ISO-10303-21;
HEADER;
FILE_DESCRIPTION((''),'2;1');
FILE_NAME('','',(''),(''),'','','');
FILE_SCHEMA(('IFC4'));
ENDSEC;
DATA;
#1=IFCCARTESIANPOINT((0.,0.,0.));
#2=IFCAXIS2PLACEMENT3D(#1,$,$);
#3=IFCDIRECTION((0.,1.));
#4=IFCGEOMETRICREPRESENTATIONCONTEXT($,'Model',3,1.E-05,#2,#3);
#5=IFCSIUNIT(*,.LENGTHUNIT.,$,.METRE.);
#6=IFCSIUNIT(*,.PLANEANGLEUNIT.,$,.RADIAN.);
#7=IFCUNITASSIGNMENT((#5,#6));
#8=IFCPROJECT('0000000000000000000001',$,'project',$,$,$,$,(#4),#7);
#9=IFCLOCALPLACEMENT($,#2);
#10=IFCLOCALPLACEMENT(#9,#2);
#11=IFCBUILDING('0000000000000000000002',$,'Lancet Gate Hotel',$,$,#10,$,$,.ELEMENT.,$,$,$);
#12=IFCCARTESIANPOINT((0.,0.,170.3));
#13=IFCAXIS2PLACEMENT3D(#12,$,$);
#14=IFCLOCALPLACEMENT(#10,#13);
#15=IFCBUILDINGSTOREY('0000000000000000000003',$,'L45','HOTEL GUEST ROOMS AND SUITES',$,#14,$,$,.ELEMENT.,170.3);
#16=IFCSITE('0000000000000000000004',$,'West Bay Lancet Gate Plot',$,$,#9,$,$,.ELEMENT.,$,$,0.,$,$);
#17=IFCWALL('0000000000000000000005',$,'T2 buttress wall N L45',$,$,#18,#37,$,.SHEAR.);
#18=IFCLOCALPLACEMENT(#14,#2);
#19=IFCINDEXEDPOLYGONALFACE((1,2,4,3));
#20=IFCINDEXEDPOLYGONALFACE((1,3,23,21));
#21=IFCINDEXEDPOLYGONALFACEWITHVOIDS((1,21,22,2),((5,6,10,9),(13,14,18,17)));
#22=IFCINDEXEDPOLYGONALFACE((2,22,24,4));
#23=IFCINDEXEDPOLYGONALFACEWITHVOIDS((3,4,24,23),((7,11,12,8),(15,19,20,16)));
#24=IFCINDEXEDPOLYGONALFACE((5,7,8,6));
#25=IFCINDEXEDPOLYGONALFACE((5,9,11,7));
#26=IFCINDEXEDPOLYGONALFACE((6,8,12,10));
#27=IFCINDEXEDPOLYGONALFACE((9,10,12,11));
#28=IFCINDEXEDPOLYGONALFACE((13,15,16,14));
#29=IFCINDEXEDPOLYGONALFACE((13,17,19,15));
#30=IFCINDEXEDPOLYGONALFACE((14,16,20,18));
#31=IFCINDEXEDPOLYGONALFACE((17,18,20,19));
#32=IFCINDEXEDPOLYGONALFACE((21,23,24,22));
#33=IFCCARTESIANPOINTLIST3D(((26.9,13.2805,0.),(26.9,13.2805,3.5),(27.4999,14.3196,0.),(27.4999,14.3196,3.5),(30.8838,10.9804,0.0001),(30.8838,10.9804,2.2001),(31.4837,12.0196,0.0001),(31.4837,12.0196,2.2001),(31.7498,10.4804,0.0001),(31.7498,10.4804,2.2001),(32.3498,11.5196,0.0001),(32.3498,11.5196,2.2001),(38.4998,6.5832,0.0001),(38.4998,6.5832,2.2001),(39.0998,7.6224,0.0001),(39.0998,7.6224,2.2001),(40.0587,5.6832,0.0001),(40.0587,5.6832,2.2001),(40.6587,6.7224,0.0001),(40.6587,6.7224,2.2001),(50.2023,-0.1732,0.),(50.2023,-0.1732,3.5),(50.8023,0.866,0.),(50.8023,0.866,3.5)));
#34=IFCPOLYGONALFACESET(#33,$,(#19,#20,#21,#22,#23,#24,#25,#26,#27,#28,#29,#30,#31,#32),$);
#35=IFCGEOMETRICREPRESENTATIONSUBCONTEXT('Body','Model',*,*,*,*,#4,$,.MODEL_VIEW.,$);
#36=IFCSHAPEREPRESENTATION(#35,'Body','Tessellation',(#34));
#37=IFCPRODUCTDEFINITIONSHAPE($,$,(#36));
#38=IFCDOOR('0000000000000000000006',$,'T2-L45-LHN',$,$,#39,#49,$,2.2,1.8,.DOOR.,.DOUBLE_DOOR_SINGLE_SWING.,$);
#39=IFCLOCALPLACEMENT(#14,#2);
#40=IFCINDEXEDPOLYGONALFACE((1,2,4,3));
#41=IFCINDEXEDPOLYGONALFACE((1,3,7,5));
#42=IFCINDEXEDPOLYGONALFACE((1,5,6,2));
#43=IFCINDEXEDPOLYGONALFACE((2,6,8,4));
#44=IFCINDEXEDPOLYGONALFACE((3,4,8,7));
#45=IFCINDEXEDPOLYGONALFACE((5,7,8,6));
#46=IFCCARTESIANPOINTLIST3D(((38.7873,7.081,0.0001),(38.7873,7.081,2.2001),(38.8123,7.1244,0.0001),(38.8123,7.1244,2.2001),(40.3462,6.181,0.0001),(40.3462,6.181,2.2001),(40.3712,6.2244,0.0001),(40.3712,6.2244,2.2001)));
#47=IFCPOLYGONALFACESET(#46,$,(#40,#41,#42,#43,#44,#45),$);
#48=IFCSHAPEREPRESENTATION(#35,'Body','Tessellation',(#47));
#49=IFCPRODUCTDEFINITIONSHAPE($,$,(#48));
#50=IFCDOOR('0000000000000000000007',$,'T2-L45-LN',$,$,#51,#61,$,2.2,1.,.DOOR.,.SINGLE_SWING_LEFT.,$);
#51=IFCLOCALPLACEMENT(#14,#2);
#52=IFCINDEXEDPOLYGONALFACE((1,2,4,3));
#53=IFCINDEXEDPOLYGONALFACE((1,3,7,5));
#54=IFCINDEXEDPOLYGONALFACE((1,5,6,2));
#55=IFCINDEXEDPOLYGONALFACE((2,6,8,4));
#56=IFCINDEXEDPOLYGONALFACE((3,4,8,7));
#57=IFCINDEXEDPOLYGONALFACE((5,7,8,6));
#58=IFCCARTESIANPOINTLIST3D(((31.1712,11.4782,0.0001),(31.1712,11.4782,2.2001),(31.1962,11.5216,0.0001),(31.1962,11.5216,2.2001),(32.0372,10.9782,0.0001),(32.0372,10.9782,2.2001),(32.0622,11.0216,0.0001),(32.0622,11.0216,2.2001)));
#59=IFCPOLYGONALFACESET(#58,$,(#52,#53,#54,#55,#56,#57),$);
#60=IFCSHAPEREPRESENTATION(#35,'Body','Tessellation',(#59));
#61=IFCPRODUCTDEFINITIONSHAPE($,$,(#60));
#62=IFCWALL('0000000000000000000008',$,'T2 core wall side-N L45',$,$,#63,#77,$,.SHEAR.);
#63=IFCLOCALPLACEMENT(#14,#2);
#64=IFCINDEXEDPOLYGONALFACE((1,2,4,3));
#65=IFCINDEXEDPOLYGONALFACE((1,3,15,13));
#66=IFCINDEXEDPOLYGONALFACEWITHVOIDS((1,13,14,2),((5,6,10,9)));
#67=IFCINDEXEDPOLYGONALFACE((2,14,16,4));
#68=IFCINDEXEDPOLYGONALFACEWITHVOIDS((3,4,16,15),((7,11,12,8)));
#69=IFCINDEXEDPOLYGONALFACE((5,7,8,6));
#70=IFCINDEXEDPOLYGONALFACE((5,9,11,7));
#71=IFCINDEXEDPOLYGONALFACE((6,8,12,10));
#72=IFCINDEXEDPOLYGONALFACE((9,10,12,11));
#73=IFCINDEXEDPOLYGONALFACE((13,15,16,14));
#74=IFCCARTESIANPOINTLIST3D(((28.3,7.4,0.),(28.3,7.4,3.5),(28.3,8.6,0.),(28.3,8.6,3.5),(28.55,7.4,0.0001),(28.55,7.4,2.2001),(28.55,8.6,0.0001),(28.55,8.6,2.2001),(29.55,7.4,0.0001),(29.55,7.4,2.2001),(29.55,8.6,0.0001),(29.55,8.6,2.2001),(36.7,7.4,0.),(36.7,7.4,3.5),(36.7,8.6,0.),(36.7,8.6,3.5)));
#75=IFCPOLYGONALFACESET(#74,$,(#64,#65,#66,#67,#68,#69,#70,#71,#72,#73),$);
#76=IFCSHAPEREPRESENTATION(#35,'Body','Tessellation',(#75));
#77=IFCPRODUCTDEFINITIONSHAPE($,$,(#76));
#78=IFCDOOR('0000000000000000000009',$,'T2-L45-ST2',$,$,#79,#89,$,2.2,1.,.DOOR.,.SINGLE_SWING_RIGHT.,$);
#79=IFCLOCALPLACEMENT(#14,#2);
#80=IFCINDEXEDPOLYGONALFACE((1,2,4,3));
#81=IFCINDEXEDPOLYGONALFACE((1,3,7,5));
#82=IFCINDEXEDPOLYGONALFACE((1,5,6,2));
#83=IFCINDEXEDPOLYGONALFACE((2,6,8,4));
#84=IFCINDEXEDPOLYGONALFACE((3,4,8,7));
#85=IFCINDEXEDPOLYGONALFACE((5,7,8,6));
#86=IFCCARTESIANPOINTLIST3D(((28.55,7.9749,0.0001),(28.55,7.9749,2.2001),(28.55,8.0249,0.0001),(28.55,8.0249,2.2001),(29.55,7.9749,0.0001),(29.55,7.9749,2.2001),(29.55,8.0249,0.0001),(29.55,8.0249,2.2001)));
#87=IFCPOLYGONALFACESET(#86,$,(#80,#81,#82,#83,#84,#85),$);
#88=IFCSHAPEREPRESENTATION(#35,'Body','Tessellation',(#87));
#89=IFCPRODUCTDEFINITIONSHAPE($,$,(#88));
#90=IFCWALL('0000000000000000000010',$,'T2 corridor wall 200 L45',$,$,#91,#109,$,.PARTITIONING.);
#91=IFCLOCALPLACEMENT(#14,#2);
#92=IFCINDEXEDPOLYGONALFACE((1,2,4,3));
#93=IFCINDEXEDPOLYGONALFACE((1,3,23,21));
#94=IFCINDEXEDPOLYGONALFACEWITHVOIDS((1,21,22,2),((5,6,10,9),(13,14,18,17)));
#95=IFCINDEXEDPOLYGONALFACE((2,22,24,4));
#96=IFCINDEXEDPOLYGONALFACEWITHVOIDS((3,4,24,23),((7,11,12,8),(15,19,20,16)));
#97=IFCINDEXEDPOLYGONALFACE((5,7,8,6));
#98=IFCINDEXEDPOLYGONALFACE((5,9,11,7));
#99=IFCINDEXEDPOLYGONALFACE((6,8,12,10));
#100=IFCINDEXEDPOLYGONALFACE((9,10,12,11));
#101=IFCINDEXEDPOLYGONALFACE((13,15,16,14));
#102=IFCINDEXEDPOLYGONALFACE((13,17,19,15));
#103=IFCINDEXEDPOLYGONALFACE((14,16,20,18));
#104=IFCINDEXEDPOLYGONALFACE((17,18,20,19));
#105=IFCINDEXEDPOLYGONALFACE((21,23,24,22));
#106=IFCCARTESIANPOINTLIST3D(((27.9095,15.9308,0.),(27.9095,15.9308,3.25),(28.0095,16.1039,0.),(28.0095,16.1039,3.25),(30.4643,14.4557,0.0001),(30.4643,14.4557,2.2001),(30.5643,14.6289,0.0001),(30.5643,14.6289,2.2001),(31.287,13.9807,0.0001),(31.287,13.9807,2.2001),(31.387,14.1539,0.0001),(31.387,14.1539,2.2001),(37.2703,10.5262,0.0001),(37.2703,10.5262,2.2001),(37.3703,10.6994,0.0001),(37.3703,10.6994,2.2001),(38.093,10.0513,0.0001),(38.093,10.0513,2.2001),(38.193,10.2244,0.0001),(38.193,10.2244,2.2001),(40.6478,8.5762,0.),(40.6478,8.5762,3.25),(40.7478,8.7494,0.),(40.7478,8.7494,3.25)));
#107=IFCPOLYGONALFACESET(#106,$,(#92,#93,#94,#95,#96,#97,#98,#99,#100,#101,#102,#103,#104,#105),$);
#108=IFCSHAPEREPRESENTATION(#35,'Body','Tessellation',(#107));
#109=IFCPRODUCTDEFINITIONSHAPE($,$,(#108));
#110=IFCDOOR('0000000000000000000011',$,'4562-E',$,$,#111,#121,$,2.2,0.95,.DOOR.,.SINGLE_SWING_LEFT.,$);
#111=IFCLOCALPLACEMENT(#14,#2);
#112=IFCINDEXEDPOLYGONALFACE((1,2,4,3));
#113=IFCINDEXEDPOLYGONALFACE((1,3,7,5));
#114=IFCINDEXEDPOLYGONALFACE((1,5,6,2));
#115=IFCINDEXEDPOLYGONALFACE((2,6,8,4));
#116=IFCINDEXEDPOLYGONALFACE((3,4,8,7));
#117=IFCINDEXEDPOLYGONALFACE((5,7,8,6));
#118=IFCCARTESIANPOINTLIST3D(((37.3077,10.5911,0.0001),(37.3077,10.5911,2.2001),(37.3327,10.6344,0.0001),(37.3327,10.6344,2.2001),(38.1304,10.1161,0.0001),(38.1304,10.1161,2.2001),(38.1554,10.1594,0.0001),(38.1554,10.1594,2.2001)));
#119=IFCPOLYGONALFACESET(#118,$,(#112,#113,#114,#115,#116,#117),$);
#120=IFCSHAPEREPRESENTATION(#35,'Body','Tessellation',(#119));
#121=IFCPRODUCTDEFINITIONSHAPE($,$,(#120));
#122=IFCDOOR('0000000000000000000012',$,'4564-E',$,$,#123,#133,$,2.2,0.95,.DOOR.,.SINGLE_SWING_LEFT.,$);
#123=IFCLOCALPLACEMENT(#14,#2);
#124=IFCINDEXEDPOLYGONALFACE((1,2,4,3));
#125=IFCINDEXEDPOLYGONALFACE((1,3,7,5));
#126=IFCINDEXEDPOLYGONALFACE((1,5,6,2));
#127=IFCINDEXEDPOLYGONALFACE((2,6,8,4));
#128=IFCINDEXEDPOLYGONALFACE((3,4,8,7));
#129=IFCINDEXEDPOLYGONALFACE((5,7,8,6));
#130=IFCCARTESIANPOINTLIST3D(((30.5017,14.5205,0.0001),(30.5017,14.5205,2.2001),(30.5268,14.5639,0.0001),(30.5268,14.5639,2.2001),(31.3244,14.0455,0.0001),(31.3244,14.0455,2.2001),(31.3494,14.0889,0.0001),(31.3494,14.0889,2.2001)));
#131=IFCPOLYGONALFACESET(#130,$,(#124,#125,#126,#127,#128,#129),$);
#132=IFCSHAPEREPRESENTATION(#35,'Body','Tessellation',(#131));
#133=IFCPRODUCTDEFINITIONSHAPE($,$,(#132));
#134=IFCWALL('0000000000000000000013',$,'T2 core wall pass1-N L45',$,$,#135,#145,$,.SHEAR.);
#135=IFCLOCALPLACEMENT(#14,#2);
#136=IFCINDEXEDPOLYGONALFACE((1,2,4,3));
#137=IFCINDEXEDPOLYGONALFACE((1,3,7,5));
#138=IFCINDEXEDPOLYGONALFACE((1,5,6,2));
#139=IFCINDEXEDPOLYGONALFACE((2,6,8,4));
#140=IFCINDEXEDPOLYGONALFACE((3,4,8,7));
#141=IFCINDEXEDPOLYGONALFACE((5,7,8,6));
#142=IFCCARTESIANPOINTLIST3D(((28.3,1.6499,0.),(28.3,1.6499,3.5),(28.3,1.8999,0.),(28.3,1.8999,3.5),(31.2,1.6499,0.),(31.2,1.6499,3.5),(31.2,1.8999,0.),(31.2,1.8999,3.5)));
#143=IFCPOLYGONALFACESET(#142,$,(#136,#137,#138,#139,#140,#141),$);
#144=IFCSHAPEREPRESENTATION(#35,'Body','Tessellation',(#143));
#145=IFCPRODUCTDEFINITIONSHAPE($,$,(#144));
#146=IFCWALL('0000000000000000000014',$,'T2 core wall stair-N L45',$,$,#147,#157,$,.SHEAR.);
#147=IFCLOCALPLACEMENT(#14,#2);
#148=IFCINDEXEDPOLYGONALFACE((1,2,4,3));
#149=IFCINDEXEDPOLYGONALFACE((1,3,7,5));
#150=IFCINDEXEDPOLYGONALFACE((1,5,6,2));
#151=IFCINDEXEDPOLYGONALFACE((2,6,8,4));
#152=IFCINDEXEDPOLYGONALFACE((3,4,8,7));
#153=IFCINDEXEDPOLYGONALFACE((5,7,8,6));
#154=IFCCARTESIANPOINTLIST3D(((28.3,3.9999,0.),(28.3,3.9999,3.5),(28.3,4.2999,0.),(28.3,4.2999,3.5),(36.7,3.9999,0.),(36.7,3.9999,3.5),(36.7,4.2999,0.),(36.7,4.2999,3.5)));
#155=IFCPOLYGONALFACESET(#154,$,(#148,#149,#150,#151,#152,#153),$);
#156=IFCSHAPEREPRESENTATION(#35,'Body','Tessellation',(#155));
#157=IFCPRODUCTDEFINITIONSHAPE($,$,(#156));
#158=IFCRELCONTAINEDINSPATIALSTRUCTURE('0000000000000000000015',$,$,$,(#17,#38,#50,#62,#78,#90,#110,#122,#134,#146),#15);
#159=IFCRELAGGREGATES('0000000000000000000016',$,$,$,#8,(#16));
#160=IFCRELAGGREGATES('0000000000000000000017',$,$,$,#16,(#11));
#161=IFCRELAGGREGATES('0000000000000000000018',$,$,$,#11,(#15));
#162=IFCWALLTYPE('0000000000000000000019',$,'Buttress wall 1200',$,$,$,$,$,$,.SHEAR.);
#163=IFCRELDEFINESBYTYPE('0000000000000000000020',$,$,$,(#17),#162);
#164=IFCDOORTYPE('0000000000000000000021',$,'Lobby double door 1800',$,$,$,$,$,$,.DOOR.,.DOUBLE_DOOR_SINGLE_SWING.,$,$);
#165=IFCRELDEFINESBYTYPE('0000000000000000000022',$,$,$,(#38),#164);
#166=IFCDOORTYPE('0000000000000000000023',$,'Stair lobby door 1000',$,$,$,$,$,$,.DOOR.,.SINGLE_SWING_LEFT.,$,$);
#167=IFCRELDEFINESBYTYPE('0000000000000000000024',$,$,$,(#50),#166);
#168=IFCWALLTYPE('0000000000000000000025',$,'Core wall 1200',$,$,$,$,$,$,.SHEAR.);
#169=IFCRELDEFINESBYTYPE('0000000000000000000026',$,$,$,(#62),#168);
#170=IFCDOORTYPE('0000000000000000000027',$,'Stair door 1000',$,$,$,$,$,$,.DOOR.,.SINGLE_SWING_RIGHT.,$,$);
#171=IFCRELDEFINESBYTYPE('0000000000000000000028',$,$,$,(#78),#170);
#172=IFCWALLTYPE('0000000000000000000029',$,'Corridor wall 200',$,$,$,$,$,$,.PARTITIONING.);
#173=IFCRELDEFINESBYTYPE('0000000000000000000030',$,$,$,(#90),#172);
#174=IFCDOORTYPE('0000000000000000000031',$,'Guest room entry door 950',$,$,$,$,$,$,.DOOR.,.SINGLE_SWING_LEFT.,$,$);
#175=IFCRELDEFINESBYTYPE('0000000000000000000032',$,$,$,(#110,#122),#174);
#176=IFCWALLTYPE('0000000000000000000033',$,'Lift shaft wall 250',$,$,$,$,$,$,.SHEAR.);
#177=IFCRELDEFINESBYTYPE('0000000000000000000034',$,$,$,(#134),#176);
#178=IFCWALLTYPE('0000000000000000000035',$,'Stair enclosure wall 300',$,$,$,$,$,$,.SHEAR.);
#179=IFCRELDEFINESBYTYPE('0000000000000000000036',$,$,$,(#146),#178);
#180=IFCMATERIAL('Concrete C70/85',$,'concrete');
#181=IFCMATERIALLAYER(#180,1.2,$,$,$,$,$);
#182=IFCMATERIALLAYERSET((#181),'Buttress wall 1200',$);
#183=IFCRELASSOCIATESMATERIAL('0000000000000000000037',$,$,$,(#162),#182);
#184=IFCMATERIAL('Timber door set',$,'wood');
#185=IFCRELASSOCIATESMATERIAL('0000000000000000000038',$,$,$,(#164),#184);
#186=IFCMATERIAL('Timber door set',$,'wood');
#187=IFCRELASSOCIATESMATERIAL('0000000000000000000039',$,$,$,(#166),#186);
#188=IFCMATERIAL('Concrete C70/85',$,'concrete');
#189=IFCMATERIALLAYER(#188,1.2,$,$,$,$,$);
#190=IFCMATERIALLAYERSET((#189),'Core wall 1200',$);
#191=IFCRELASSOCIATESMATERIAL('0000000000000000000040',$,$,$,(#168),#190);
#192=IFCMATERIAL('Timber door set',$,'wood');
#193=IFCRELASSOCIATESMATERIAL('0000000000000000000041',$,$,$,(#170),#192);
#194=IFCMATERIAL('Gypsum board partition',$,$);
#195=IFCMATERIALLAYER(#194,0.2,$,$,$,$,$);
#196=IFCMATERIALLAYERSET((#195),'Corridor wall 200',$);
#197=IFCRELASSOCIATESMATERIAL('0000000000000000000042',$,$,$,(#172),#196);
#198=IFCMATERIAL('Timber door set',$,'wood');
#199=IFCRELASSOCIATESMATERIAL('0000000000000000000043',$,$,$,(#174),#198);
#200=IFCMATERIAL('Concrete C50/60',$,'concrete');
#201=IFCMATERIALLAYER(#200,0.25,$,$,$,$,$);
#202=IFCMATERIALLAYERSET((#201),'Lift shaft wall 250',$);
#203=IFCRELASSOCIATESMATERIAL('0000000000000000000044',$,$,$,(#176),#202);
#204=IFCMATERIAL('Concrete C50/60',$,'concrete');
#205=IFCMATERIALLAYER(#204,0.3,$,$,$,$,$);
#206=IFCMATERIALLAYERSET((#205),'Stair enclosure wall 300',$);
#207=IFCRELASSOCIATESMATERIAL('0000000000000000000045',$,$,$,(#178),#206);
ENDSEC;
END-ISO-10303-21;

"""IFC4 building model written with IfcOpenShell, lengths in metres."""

from ifc_helpers import new_model, si_unit, direction, frame, frame_2d, origin, place, context, subcontext, project, spatial, rectangle, extrude, material, layer, layer_set, type_object, element, fill, save


model = new_model("IFC4")

# Units and contexts
model_context = context("Model", 3, precision=1e-05, world=origin(), true_north=direction((0.0, 1.0)))
body_context = subcontext(model_context, "Body", "Model", "MODEL_VIEW")
ifc_project = project(units=[si_unit("LENGTHUNIT", "METRE"), si_unit("PLANEANGLEUNIT", "RADIAN")], contexts=[model_context])

# Site, building, storey
site_placement = place(None, origin())
site = spatial("IfcSite", under=ifc_project, at=site_placement, Name="West Bay Lancet Gate Plot", CompositionType="ELEMENT", RefElevation=0.0)
building_placement = place(site_placement, origin())
building = spatial("IfcBuilding", under=site, at=building_placement, Name="Lancet Gate Hotel", CompositionType="ELEMENT")
storey_placement = place(building_placement, frame((0.0, 0.0, 170.3)))
storey = spatial("IfcBuildingStorey", under=building, at=storey_placement, Name="L45", Description="HOTEL GUEST ROOMS AND SUITES", CompositionType="ELEMENT", Elevation=170.3)

# Wall, openings, doors
ifc_material_1 = material(Name="Concrete C70/85", Category="concrete")
ifc_layer_1 = layer(ifc_material_1, 1.2)
ifc_layer_set_1 = layer_set([ifc_layer_1], Name="Buttress wall 1200")
wall_type_1 = type_object("IfcWallType", Name="Buttress wall 1200", PredefinedType="SHEAR", material=ifc_layer_set_1)
wall_1_placement = place(storey_placement, frame((27.2, 13.8, 0.0), z_axis=(0.0, 0.0, 1.0), x_axis=(0.866025, -0.500002, 0.0)))
wall_1 = element("IfcWall", 1, at=wall_1_placement, inside=storey, type_object=wall_type_1, Name="T2 buttress wall N L45", PredefinedType="SHEAR", context=body_context, shape_type="SweptSolid", body=[
    extrude(rectangle(XDim=26.9072, YDim=1.2, at=frame_2d((13.4536, 0.0))), origin(), (0.0, 0.0, 1.0), 3.5),
])
opening_1_placement = place(wall_1_placement, frame((4.6001, 0.0, 0.0)))
opening_1 = element("IfcOpeningElement", 2, at=opening_1_placement, cuts=wall_1, PredefinedType="OPENING", context=body_context, shape_type="SweptSolid", body=[
    extrude(rectangle(XDim=1.0, YDim=2.2, at=frame_2d((0.5, 1.1001))), frame((0.0, 0.6099, 0.0), z_axis=(0.0, -1.0, 0.0), x_axis=(1.0, 0.0, 0.0)), (0.0, 0.0, 1.0), 1.22),
])
opening_2_placement = place(wall_1_placement, frame((13.3945, 0.0, 0.0)))
opening_2 = element("IfcOpeningElement", 3, at=opening_2_placement, cuts=wall_1, PredefinedType="OPENING", context=body_context, shape_type="SweptSolid", body=[
    extrude(rectangle(XDim=1.8, YDim=2.2, at=frame_2d((0.8999, 1.1001))), frame((0.0, 0.6099, 0.0), z_axis=(0.0, -1.0, 0.0), x_axis=(1.0, 0.0, 0.0)), (0.0, 0.0, 1.0), 1.22),
])
ifc_material_2 = material(Name="Timber door set", Category="wood")
door_type_1 = type_object("IfcDoorType", Name="Lobby double door 1800", OperationType="DOUBLE_DOOR_SINGLE_SWING", PredefinedType="DOOR", material=ifc_material_2)
door_1_placement = place(opening_2_placement, origin())
door_1 = element("IfcDoor", 4, at=door_1_placement, inside=storey, type_object=door_type_1, Name="T2-L45-LHN", OperationType="DOUBLE_DOOR_SINGLE_SWING", OverallHeight=2.2, OverallWidth=1.8, PredefinedType="DOOR", context=body_context, shape_type="SweptSolid", body=[
    extrude(rectangle(XDim=1.8, YDim=2.2, at=frame_2d((0.8999, 1.1001))), frame((0.0, 0.0249, 0.0), z_axis=(0.0, -1.0, 0.0), x_axis=(1.0, 0.0, 0.0)), (0.0, 0.0, 1.0), 0.05),
])
fill(opening_2, door_1)
ifc_material_3 = material(Name="Timber door set", Category="wood")
door_type_2 = type_object("IfcDoorType", Name="Stair lobby door 1000", OperationType="SINGLE_SWING_LEFT", PredefinedType="DOOR", material=ifc_material_3)
door_2_placement = place(opening_1_placement, origin())
door_2 = element("IfcDoor", 5, at=door_2_placement, inside=storey, type_object=door_type_2, Name="T2-L45-LN", OperationType="SINGLE_SWING_LEFT", OverallHeight=2.2, OverallWidth=1.0, PredefinedType="DOOR", context=body_context, shape_type="SweptSolid", body=[
    extrude(rectangle(XDim=1.0, YDim=2.2, at=frame_2d((0.5, 1.1001))), frame((0.0, 0.0249, 0.0), z_axis=(0.0, -1.0, 0.0), x_axis=(1.0, 0.0, 0.0)), (0.0, 0.0, 1.0), 0.05),
])
fill(opening_1, door_2)

# Wall, opening, door
ifc_material_4 = material(Name="Concrete C70/85", Category="concrete")
ifc_layer_2 = layer(ifc_material_4, 1.2)
ifc_layer_set_2 = layer_set([ifc_layer_2], Name="Core wall 1200")
wall_type_2 = type_object("IfcWallType", Name="Core wall 1200", PredefinedType="SHEAR", material=ifc_layer_set_2)
wall_2_placement = place(storey_placement, frame((28.3, 8.0, 0.0), z_axis=(0.0, 0.0, 1.0), x_axis=(1.0, 0.0, 0.0)))
wall_2 = element("IfcWall", 6, at=wall_2_placement, inside=storey, type_object=wall_type_2, Name="T2 core wall side-N L45", PredefinedType="SHEAR", context=body_context, shape_type="SweptSolid", body=[
    extrude(rectangle(XDim=8.3999, YDim=1.2, at=frame_2d((4.2, 0.0))), origin(), (0.0, 0.0, 1.0), 3.5),
])
opening_3_placement = place(wall_2_placement, frame((0.25, 0.0, 0.0)))
opening_3 = element("IfcOpeningElement", 7, at=opening_3_placement, cuts=wall_2, PredefinedType="OPENING", context=body_context, shape_type="SweptSolid", body=[
    extrude(rectangle(XDim=1.0, YDim=2.2, at=frame_2d((0.5, 1.1001))), frame((0.0, 0.6099, 0.0), z_axis=(0.0, -1.0, 0.0), x_axis=(1.0, 0.0, 0.0)), (0.0, 0.0, 1.0), 1.22),
])
ifc_material_5 = material(Name="Timber door set", Category="wood")
door_type_3 = type_object("IfcDoorType", Name="Stair door 1000", OperationType="SINGLE_SWING_RIGHT", PredefinedType="DOOR", material=ifc_material_5)
door_3_placement = place(opening_3_placement, origin())
door_3 = element("IfcDoor", 8, at=door_3_placement, inside=storey, type_object=door_type_3, Name="T2-L45-ST2", OperationType="SINGLE_SWING_RIGHT", OverallHeight=2.2, OverallWidth=1.0, PredefinedType="DOOR", context=body_context, shape_type="SweptSolid", body=[
    extrude(rectangle(XDim=1.0, YDim=2.2, at=frame_2d((0.5, 1.1001))), frame((0.0, 0.0249, 0.0), z_axis=(0.0, -1.0, 0.0), x_axis=(1.0, 0.0, 0.0)), (0.0, 0.0, 1.0), 0.05),
])
fill(opening_3, door_3)

# Wall, openings, doors
ifc_material_6 = material(Name="Gypsum board partition")
ifc_layer_3 = layer(ifc_material_6, 0.2)
ifc_layer_set_3 = layer_set([ifc_layer_3], Name="Corridor wall 200")
wall_type_3 = type_object("IfcWallType", Name="Corridor wall 200", PredefinedType="PARTITIONING", material=ifc_layer_set_3)
wall_3_placement = place(storey_placement, frame((27.9595, 16.0173, 0.0), z_axis=(0.0, 0.0, 1.0), x_axis=(0.866024, -0.500002, 0.0)))
wall_3 = element("IfcWall", 9, at=wall_3_placement, inside=storey, type_object=wall_type_3, Name="T2 corridor wall 200 L45", PredefinedType="PARTITIONING", context=body_context, shape_type="SweptSolid", body=[
    extrude(rectangle(XDim=14.709, YDim=0.2, at=frame_2d((7.3545, 0.0))), origin(), (0.0, 0.0, 1.0), 3.25),
])
opening_4_placement = place(wall_3_placement, frame((10.8088, 0.0, 0.0)))
opening_4 = element("IfcOpeningElement", 10, at=opening_4_placement, cuts=wall_3, PredefinedType="OPENING", context=body_context, shape_type="SweptSolid", body=[
    extrude(rectangle(XDim=0.95, YDim=2.2, at=frame_2d((0.4751, 1.1001))), frame((0.0, 0.1099, 0.0), z_axis=(0.0, -1.0, 0.0), x_axis=(1.0, 0.0, 0.0)), (0.0, 0.0, 1.0), 0.22),
])
opening_5_placement = place(wall_3_placement, frame((2.95, 0.0, 0.0)))
opening_5 = element("IfcOpeningElement", 11, at=opening_5_placement, cuts=wall_3, PredefinedType="OPENING", context=body_context, shape_type="SweptSolid", body=[
    extrude(rectangle(XDim=0.95, YDim=2.2, at=frame_2d((0.4751, 1.1001))), frame((0.0, 0.1099, 0.0), z_axis=(0.0, -1.0, 0.0), x_axis=(1.0, 0.0, 0.0)), (0.0, 0.0, 1.0), 0.22),
])
ifc_material_7 = material(Name="Timber door set", Category="wood")
door_type_4 = type_object("IfcDoorType", Name="Guest room entry door 950", OperationType="SINGLE_SWING_LEFT", PredefinedType="DOOR", material=ifc_material_7)
door_4_placement = place(opening_4_placement, origin())
door_4 = element("IfcDoor", 12, at=door_4_placement, inside=storey, type_object=door_type_4, Name="4562-E", OperationType="SINGLE_SWING_LEFT", OverallHeight=2.2, OverallWidth=0.95, PredefinedType="DOOR", context=body_context, shape_type="SweptSolid", body=[
    extrude(rectangle(XDim=0.95, YDim=2.2, at=frame_2d((0.4751, 1.1001))), frame((0.0, 0.0249, 0.0), z_axis=(0.0, -1.0, 0.0), x_axis=(1.0, 0.0, 0.0)), (0.0, 0.0, 1.0), 0.05),
])
fill(opening_4, door_4)
door_5_placement = place(opening_5_placement, origin())
door_5 = element("IfcDoor", 13, at=door_5_placement, inside=storey, type_object=door_type_4, Name="4564-E", OperationType="SINGLE_SWING_LEFT", OverallHeight=2.2, OverallWidth=0.95, PredefinedType="DOOR", context=body_context, shape_type="SweptSolid", body=[
    extrude(rectangle(XDim=0.95, YDim=2.2, at=frame_2d((0.4751, 1.1001))), frame((0.0, 0.0249, 0.0), z_axis=(0.0, -1.0, 0.0), x_axis=(1.0, 0.0, 0.0)), (0.0, 0.0, 1.0), 0.05),
])
fill(opening_5, door_5)

# Walls
ifc_material_8 = material(Name="Concrete C50/60", Category="concrete")
ifc_layer_4 = layer(ifc_material_8, 0.25)
ifc_layer_set_4 = layer_set([ifc_layer_4], Name="Lift shaft wall 250")
wall_type_4 = type_object("IfcWallType", Name="Lift shaft wall 250", PredefinedType="SHEAR", material=ifc_layer_set_4)
wall_4_placement = place(storey_placement, frame((28.3, 1.7749, 0.0), z_axis=(0.0, 0.0, 1.0), x_axis=(1.0, 0.0, 0.0)))
element("IfcWall", 14, at=wall_4_placement, inside=storey, type_object=wall_type_4, Name="T2 core wall pass1-N L45", PredefinedType="SHEAR", context=body_context, shape_type="SweptSolid", body=[
    extrude(rectangle(XDim=2.8999, YDim=0.25, at=frame_2d((1.45, 0.0))), origin(), (0.0, 0.0, 1.0), 3.5),
])
ifc_material_9 = material(Name="Concrete C50/60", Category="concrete")
ifc_layer_5 = layer(ifc_material_9, 0.3)
ifc_layer_set_5 = layer_set([ifc_layer_5], Name="Stair enclosure wall 300")
wall_type_5 = type_object("IfcWallType", Name="Stair enclosure wall 300", PredefinedType="SHEAR", material=ifc_layer_set_5)
wall_5_placement = place(storey_placement, frame((28.3, 4.1499, 0.0), z_axis=(0.0, 0.0, 1.0), x_axis=(1.0, 0.0, 0.0)))
element("IfcWall", 15, at=wall_5_placement, inside=storey, type_object=wall_type_5, Name="T2 core wall stair-N L45", PredefinedType="SHEAR", context=body_context, shape_type="SweptSolid", body=[
    extrude(rectangle(XDim=8.3999, YDim=0.3, at=frame_2d((4.2, 0.0))), origin(), (0.0, 0.0, 1.0), 3.5),
])

save(model, "model.ifc")
